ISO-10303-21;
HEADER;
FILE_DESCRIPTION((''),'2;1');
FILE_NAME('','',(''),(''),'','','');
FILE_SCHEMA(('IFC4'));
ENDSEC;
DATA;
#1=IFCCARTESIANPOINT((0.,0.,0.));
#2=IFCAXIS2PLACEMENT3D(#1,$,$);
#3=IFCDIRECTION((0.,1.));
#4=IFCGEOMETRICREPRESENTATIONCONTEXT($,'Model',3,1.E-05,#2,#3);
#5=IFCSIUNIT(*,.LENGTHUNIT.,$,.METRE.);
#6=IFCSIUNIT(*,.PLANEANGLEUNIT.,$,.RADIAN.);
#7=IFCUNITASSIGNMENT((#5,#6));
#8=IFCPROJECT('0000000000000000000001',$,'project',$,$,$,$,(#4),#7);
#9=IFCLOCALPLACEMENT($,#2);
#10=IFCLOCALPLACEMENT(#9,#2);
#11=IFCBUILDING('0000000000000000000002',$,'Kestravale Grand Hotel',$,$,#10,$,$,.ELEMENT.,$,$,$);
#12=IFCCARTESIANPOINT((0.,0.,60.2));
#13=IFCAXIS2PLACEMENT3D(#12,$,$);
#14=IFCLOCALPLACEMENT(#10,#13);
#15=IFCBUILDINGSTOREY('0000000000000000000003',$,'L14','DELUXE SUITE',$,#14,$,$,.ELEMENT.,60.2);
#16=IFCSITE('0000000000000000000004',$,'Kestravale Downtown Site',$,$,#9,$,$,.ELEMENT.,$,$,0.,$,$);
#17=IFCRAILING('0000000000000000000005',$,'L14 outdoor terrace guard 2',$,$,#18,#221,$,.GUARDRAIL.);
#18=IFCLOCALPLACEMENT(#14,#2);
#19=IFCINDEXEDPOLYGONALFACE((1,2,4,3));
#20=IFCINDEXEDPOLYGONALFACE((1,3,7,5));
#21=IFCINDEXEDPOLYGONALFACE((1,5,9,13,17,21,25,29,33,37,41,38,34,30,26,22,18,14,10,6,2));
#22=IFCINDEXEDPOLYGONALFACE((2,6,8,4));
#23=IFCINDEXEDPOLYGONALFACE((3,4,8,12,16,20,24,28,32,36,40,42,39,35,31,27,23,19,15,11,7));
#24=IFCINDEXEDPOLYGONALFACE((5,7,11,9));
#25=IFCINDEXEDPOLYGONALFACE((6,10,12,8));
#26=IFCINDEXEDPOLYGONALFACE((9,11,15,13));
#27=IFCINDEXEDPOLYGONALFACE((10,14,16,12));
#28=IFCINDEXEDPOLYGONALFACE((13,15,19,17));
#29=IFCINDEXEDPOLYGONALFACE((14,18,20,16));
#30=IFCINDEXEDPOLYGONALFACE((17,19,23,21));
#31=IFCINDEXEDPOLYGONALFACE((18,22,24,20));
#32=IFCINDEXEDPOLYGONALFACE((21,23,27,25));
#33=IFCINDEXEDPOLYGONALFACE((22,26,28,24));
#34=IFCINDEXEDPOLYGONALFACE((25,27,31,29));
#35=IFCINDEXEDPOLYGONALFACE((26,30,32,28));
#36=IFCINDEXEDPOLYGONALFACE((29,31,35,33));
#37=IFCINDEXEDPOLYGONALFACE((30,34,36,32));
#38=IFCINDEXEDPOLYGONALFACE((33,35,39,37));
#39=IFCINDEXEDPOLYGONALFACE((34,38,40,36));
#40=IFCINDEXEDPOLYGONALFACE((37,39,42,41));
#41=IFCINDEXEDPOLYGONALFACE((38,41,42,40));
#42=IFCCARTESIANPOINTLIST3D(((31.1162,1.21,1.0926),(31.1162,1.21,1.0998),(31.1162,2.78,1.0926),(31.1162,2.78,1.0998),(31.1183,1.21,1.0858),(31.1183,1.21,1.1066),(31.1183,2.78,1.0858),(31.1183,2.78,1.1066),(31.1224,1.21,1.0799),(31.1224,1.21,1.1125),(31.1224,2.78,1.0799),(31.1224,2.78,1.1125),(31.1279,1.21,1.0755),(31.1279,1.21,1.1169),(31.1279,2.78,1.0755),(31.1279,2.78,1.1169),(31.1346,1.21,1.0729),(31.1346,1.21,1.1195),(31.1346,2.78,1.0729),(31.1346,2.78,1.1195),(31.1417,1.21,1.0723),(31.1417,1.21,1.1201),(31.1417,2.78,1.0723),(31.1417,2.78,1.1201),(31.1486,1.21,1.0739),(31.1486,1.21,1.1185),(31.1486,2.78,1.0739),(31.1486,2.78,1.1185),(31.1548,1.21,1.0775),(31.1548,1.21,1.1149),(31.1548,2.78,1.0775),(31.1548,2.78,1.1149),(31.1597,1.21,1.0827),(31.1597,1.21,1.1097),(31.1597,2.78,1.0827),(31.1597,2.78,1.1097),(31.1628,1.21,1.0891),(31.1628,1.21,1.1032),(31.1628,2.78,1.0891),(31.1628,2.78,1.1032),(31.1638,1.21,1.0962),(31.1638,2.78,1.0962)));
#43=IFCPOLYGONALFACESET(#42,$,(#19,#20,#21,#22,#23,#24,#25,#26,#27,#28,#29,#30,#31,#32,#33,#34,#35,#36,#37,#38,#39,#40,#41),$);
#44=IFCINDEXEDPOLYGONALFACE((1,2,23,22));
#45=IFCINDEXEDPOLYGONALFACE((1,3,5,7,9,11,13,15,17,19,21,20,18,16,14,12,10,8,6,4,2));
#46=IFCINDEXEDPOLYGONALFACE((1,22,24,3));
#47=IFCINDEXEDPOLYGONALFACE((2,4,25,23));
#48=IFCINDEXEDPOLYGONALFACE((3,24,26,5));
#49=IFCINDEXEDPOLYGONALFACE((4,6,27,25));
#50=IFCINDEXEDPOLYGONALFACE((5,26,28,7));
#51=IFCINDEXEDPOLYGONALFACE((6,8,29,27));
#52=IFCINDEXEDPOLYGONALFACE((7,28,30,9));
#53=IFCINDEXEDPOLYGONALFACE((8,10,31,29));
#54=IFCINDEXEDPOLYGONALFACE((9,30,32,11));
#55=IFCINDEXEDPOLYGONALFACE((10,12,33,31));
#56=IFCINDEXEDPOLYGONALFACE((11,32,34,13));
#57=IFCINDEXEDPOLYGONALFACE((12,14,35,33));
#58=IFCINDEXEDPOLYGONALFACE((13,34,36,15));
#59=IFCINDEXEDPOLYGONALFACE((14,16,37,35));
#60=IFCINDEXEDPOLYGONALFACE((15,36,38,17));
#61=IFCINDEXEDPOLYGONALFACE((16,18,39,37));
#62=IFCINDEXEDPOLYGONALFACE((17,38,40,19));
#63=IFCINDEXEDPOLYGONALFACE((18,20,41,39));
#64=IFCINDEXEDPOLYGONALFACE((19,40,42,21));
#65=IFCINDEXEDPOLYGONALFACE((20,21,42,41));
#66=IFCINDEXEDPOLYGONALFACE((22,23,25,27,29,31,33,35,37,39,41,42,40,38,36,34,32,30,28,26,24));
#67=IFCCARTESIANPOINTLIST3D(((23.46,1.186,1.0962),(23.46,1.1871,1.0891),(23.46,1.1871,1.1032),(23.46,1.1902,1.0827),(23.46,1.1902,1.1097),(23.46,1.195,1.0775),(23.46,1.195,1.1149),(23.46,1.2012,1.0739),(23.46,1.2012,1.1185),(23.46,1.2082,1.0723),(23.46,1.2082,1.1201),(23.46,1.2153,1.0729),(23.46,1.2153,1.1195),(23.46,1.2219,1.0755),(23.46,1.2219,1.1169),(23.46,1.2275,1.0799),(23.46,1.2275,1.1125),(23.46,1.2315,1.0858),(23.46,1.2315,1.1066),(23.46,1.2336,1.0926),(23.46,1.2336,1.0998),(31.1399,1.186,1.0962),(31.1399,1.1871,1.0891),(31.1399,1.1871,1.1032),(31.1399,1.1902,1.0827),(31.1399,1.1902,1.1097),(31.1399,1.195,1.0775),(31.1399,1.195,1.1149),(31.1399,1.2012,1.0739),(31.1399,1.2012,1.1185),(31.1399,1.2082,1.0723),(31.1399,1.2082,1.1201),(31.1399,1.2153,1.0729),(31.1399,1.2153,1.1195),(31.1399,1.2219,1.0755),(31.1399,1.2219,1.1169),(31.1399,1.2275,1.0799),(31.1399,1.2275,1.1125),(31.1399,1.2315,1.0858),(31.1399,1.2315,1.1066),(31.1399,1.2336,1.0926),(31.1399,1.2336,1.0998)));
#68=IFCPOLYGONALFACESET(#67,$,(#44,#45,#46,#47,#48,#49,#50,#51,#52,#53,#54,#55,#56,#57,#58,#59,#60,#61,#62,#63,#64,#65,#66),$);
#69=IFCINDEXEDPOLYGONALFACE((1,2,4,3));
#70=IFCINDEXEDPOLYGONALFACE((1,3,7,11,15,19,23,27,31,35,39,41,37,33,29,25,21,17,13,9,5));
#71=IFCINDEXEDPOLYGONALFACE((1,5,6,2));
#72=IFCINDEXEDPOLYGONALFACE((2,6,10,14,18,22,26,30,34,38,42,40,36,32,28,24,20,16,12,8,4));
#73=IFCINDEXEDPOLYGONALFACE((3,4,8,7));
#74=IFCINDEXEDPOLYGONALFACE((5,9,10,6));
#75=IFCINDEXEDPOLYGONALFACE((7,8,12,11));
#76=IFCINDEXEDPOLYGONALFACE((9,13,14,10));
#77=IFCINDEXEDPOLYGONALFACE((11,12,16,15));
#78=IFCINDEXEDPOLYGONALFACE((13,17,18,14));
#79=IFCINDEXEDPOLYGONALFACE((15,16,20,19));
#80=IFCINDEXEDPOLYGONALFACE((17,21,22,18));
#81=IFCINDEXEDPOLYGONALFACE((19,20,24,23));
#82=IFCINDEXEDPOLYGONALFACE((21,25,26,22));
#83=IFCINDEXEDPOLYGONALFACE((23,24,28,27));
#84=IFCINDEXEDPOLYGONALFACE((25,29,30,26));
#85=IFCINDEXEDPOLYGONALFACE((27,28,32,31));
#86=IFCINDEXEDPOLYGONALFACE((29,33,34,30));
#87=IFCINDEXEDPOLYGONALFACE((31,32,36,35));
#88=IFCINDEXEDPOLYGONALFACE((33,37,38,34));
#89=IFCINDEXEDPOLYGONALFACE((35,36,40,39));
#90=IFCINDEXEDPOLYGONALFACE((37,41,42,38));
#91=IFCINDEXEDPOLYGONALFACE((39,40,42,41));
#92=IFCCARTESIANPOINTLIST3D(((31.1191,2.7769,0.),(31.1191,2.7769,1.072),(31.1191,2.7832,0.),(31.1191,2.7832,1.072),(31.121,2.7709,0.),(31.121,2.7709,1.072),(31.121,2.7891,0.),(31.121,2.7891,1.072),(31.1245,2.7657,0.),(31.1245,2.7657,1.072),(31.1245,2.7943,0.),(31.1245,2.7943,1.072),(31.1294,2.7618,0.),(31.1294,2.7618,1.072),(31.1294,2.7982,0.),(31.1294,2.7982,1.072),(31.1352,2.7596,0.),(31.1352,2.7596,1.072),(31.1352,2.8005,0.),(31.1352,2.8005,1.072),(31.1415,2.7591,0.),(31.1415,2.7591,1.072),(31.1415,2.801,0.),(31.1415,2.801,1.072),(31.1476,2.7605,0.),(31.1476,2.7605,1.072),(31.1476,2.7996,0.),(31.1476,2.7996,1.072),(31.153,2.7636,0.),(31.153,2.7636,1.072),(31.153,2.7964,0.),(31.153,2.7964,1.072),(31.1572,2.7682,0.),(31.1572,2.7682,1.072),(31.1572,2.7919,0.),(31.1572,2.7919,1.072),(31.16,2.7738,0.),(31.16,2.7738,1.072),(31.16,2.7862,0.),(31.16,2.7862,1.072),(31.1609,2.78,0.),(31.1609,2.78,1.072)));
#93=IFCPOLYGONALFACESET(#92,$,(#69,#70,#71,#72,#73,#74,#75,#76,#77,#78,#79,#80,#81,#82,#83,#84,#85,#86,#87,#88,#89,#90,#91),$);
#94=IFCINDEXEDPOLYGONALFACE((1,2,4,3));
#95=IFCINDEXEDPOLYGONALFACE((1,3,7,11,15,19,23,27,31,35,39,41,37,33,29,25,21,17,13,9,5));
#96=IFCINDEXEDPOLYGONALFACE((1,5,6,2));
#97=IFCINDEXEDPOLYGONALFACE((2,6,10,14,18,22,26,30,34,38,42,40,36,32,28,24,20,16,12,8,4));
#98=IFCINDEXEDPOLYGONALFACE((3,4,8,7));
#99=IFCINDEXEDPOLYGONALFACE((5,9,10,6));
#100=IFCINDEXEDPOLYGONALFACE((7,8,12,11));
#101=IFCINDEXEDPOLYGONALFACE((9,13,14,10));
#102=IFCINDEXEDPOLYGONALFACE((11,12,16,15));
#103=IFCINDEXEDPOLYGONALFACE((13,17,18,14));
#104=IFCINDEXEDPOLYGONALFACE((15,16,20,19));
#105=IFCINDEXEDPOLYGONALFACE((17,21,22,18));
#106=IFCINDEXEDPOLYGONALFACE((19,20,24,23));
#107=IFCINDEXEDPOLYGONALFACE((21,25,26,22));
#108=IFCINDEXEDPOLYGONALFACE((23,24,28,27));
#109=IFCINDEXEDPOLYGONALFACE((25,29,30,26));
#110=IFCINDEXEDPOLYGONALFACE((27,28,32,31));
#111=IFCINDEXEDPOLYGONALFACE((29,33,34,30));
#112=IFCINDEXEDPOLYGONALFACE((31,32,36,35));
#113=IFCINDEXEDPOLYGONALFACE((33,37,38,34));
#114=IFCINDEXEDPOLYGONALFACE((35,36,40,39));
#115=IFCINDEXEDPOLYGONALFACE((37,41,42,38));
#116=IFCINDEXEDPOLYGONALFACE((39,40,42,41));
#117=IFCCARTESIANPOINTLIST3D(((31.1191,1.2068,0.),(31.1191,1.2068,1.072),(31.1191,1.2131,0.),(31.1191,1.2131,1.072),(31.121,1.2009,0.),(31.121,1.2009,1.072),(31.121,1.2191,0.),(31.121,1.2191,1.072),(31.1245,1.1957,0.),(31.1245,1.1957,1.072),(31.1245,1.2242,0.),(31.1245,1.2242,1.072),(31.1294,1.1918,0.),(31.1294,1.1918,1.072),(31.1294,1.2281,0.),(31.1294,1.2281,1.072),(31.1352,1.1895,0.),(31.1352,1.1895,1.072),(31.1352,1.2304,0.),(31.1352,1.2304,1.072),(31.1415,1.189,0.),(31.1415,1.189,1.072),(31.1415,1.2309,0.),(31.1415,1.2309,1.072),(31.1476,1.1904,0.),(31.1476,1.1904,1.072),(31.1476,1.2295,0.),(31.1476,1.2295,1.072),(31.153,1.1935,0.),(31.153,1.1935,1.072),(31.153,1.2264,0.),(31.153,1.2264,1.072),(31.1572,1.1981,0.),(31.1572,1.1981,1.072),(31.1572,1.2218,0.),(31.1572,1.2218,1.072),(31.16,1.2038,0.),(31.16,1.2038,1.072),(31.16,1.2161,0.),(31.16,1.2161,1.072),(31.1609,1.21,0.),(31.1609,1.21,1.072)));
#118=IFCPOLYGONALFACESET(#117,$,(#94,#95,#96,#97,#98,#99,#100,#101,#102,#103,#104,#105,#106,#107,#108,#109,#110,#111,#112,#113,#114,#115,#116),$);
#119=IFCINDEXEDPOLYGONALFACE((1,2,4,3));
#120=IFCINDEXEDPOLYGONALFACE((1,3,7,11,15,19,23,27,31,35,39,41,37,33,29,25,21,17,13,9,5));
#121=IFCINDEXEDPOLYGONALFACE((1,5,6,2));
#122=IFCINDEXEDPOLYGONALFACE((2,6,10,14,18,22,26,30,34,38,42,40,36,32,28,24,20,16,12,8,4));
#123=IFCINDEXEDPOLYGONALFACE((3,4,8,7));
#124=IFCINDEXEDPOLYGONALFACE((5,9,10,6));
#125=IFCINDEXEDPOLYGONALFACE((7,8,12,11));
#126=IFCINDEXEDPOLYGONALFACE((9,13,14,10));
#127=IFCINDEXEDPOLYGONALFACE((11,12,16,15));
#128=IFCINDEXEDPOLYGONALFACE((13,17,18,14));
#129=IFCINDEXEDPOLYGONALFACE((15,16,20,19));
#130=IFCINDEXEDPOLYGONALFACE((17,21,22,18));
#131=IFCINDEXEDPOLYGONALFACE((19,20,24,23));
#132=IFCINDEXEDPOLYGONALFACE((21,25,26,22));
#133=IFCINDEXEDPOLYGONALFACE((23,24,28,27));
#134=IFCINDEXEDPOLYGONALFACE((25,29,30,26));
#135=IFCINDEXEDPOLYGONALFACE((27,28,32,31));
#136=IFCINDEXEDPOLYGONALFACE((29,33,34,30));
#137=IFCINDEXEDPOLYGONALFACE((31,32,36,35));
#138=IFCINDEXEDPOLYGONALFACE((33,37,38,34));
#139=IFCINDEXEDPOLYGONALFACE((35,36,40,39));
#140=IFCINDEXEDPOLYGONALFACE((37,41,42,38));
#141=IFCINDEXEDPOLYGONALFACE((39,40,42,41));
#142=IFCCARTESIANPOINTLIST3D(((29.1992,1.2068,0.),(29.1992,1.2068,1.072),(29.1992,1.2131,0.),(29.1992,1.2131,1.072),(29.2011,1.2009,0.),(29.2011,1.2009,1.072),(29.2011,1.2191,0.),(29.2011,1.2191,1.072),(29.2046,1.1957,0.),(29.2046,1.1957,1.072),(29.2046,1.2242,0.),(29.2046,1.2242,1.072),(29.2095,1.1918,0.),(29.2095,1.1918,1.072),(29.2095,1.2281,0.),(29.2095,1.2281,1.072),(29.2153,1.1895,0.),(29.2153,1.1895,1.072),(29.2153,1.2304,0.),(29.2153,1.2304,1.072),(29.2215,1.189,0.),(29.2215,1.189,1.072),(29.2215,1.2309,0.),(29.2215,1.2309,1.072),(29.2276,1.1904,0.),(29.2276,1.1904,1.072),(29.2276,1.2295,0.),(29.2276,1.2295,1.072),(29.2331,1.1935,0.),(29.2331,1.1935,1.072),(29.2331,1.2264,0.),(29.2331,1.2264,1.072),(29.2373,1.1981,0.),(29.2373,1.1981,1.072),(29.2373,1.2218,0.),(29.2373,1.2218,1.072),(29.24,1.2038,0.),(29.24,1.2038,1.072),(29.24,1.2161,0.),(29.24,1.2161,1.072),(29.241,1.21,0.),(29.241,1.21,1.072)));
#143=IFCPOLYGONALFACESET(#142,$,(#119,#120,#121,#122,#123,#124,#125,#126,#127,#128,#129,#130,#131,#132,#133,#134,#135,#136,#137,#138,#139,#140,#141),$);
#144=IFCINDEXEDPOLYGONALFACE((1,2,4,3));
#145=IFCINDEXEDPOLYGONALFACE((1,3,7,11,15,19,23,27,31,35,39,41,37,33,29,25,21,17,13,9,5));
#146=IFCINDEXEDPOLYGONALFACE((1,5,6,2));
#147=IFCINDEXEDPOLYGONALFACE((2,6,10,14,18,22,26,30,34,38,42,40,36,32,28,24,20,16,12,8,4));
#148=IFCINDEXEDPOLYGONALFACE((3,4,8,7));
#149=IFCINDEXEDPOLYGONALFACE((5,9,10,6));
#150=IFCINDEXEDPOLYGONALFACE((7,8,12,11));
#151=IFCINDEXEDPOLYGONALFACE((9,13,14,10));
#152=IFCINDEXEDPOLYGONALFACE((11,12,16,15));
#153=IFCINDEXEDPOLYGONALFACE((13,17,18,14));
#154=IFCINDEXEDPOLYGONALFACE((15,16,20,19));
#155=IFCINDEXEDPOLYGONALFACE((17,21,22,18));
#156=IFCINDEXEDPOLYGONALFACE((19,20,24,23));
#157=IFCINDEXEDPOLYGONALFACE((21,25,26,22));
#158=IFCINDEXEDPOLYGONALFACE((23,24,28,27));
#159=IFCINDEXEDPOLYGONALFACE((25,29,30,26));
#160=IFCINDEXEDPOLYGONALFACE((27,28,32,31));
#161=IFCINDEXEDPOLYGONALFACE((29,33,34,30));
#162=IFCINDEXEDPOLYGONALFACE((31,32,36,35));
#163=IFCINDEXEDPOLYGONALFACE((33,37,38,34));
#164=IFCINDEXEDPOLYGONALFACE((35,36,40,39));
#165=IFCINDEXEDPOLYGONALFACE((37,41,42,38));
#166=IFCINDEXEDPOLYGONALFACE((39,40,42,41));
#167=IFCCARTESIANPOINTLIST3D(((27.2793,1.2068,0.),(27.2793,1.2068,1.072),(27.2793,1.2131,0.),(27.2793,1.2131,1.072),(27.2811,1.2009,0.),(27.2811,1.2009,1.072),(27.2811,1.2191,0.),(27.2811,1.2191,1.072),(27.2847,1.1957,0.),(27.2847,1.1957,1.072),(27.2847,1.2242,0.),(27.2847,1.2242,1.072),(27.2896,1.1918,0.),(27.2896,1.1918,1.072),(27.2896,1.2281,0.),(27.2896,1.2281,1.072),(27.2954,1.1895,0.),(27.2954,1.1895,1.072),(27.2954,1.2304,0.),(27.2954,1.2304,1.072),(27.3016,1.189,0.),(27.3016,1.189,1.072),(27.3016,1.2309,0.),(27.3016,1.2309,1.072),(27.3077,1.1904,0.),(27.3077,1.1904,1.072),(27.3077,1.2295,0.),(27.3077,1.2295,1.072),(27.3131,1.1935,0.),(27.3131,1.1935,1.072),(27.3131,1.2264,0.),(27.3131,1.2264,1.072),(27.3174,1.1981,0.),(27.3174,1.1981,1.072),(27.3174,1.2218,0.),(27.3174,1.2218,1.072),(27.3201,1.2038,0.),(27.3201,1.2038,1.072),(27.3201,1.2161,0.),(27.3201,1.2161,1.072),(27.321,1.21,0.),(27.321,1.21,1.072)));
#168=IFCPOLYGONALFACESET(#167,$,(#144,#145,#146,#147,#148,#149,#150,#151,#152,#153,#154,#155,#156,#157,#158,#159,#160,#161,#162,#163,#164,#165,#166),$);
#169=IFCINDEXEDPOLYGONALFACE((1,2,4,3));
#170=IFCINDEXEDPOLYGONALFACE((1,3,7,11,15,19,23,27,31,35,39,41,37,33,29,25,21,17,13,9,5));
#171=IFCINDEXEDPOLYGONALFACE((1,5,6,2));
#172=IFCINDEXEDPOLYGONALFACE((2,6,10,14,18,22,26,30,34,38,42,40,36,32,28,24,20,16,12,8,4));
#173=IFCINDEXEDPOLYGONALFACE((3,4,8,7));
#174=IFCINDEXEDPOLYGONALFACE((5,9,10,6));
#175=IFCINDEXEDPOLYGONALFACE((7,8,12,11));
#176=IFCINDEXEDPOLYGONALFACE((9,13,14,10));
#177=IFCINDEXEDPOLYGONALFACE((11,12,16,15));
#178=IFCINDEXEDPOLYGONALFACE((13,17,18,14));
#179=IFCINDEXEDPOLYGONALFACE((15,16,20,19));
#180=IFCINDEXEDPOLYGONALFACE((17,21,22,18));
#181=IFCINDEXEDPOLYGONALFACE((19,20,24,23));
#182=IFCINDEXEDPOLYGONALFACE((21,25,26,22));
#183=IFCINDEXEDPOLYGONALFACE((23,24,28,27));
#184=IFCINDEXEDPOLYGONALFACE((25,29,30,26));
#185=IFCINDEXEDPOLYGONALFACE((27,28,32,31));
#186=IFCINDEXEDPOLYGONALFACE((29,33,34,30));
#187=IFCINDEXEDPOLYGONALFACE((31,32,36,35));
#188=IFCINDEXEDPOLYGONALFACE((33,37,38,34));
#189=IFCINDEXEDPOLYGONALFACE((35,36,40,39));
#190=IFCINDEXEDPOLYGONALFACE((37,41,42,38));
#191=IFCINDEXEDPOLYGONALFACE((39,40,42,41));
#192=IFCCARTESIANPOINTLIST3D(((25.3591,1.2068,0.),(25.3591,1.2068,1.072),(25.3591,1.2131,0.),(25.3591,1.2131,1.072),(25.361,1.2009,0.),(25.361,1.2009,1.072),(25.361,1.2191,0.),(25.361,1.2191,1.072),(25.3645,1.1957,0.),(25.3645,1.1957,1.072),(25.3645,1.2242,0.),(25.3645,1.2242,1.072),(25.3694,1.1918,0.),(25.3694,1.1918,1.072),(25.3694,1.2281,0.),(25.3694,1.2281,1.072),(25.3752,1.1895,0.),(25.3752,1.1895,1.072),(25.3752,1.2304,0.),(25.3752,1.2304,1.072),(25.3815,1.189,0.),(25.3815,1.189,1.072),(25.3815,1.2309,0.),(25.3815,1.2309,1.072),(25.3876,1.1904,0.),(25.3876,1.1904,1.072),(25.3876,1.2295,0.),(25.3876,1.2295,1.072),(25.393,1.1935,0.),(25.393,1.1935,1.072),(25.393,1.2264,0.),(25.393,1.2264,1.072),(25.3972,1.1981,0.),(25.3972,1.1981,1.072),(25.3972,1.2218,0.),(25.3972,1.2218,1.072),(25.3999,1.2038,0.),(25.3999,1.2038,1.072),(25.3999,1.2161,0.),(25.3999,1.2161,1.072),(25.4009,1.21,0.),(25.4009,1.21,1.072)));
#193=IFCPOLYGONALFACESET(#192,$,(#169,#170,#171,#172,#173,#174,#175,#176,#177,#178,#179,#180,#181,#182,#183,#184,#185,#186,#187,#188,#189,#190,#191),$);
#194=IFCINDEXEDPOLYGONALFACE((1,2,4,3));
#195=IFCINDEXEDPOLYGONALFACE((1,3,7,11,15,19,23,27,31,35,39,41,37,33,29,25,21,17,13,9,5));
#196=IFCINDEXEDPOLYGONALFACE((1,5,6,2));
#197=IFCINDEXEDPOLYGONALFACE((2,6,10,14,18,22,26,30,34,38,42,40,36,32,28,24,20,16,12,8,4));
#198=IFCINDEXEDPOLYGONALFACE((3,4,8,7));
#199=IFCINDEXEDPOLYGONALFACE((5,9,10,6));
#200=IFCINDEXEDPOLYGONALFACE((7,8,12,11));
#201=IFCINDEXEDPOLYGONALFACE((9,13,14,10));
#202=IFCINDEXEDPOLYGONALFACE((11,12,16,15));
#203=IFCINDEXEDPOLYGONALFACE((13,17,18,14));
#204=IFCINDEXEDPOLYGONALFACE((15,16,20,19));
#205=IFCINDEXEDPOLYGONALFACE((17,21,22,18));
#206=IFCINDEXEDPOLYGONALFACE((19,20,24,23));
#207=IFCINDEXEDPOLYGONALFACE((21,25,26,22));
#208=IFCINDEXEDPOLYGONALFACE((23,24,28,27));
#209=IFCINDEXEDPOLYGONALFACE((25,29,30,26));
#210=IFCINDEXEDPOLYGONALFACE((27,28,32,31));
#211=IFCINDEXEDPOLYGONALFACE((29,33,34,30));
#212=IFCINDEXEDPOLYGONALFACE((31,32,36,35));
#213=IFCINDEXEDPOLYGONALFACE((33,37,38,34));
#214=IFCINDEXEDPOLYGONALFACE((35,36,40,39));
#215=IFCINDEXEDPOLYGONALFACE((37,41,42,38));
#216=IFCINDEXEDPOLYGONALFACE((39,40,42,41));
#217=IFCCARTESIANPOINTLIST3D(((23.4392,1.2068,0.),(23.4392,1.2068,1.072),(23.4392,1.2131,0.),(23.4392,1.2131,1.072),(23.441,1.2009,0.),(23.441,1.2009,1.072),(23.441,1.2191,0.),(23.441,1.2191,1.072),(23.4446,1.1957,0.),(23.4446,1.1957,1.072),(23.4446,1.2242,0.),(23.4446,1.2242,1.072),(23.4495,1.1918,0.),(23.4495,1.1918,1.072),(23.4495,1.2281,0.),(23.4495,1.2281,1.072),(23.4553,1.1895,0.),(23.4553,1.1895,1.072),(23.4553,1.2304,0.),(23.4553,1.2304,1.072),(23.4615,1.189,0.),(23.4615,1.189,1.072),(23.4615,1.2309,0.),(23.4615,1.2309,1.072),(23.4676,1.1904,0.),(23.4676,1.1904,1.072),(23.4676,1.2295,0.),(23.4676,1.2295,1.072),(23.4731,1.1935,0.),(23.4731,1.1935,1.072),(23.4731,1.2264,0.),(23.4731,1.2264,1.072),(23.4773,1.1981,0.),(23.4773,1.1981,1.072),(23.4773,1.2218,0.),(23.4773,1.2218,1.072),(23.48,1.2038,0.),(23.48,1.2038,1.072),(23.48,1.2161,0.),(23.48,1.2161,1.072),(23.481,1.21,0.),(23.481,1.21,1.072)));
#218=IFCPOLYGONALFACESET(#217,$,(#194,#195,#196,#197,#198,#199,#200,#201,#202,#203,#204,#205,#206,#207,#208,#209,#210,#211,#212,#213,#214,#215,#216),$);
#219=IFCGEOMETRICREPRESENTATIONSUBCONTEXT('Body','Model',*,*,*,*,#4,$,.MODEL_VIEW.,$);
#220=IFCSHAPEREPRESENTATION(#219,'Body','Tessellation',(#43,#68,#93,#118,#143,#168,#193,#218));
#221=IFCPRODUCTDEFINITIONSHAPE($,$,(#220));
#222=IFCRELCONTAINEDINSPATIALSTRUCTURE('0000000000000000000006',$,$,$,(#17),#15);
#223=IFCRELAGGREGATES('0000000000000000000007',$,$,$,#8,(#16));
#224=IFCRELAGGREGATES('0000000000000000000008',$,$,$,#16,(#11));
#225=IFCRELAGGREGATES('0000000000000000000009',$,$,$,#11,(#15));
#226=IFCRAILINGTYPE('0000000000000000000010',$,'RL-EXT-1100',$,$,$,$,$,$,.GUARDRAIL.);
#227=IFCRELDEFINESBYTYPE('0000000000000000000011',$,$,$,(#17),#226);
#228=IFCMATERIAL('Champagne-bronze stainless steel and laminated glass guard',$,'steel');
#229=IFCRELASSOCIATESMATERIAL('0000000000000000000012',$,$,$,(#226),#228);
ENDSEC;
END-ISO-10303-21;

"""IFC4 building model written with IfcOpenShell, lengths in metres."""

from ifc_helpers import new_model, si_unit, direction, frame, origin, origin_2d, place, context, subcontext, project, spatial, circle, extrude, material, type_object, element, save


model = new_model("IFC4")

# Units and contexts
model_context = context("Model", 3, precision=1e-05, world=origin(), true_north=direction((0.0, 1.0)))
body_context = subcontext(model_context, "Body", "Model", "MODEL_VIEW")
ifc_project = project(units=[si_unit("LENGTHUNIT", "METRE"), si_unit("PLANEANGLEUNIT", "RADIAN")], contexts=[model_context])

# Site, building, storey
site_placement = place(None, origin())
site = spatial("IfcSite", under=ifc_project, at=site_placement, Name="Kestravale Downtown Site", CompositionType="ELEMENT", RefElevation=0.0)
building_placement = place(site_placement, origin())
building = spatial("IfcBuilding", under=site, at=building_placement, Name="Kestravale Grand Hotel", CompositionType="ELEMENT")
storey_placement = place(building_placement, frame((0.0, 0.0, 60.2)))
storey = spatial("IfcBuildingStorey", under=building, at=storey_placement, Name="L14", Description="DELUXE SUITE", CompositionType="ELEMENT", Elevation=60.2)

# Railing
ifc_material_1 = material(Name="Champagne-bronze stainless steel and laminated glass guard", Category="steel")
railing_type = type_object("IfcRailingType", Name="RL-EXT-1100", PredefinedType="GUARDRAIL", material=ifc_material_1)
railing_1_placement = place(storey_placement, frame((31.1399, 2.78, 0.0)))
element("IfcRailing", 1, at=railing_1_placement, inside=storey, type_object=railing_type, Name="L14 outdoor terrace guard 2", PredefinedType="GUARDRAIL", context=body_context, shape_type="SweptSolid", body=[
    extrude(circle(Radius=0.0239, at=origin_2d()), frame((0.0, 0.0, 1.0962), z_axis=(0.0, -1.0, 0.0), x_axis=(1.0, 0.0, 0.0)), (0.0, 0.0, 1.0), 1.5701),
    extrude(circle(Radius=0.0239, at=origin_2d()), frame((0.0, -1.5701, 1.0962), z_axis=(-1.0, 0.0, 0.0), x_axis=(0.0, -1.0, 0.0)), (0.0, 0.0, 1.0), 7.6799),
    extrude(circle(Radius=0.021, at=origin_2d()), origin(), (0.0, 0.0, 1.0), 1.072),
    extrude(circle(Radius=0.021, at=origin_2d()), frame((0.0, -1.5701, 0.0)), (0.0, 0.0, 1.0), 1.072),
    extrude(circle(Radius=0.021, at=origin_2d()), frame((-1.9199, -1.5701, 0.0)), (0.0, 0.0, 1.0), 1.072),
    extrude(circle(Radius=0.021, at=origin_2d()), frame((-3.8398, -1.5701, 0.0)), (0.0, 0.0, 1.0), 1.072),
    extrude(circle(Radius=0.021, at=origin_2d()), frame((-5.76, -1.5701, 0.0)), (0.0, 0.0, 1.0), 1.072),
    extrude(circle(Radius=0.021, at=origin_2d()), frame((-7.6799, -1.5701, 0.0)), (0.0, 0.0, 1.0), 1.072),
])

save(model, "model.ifc")
